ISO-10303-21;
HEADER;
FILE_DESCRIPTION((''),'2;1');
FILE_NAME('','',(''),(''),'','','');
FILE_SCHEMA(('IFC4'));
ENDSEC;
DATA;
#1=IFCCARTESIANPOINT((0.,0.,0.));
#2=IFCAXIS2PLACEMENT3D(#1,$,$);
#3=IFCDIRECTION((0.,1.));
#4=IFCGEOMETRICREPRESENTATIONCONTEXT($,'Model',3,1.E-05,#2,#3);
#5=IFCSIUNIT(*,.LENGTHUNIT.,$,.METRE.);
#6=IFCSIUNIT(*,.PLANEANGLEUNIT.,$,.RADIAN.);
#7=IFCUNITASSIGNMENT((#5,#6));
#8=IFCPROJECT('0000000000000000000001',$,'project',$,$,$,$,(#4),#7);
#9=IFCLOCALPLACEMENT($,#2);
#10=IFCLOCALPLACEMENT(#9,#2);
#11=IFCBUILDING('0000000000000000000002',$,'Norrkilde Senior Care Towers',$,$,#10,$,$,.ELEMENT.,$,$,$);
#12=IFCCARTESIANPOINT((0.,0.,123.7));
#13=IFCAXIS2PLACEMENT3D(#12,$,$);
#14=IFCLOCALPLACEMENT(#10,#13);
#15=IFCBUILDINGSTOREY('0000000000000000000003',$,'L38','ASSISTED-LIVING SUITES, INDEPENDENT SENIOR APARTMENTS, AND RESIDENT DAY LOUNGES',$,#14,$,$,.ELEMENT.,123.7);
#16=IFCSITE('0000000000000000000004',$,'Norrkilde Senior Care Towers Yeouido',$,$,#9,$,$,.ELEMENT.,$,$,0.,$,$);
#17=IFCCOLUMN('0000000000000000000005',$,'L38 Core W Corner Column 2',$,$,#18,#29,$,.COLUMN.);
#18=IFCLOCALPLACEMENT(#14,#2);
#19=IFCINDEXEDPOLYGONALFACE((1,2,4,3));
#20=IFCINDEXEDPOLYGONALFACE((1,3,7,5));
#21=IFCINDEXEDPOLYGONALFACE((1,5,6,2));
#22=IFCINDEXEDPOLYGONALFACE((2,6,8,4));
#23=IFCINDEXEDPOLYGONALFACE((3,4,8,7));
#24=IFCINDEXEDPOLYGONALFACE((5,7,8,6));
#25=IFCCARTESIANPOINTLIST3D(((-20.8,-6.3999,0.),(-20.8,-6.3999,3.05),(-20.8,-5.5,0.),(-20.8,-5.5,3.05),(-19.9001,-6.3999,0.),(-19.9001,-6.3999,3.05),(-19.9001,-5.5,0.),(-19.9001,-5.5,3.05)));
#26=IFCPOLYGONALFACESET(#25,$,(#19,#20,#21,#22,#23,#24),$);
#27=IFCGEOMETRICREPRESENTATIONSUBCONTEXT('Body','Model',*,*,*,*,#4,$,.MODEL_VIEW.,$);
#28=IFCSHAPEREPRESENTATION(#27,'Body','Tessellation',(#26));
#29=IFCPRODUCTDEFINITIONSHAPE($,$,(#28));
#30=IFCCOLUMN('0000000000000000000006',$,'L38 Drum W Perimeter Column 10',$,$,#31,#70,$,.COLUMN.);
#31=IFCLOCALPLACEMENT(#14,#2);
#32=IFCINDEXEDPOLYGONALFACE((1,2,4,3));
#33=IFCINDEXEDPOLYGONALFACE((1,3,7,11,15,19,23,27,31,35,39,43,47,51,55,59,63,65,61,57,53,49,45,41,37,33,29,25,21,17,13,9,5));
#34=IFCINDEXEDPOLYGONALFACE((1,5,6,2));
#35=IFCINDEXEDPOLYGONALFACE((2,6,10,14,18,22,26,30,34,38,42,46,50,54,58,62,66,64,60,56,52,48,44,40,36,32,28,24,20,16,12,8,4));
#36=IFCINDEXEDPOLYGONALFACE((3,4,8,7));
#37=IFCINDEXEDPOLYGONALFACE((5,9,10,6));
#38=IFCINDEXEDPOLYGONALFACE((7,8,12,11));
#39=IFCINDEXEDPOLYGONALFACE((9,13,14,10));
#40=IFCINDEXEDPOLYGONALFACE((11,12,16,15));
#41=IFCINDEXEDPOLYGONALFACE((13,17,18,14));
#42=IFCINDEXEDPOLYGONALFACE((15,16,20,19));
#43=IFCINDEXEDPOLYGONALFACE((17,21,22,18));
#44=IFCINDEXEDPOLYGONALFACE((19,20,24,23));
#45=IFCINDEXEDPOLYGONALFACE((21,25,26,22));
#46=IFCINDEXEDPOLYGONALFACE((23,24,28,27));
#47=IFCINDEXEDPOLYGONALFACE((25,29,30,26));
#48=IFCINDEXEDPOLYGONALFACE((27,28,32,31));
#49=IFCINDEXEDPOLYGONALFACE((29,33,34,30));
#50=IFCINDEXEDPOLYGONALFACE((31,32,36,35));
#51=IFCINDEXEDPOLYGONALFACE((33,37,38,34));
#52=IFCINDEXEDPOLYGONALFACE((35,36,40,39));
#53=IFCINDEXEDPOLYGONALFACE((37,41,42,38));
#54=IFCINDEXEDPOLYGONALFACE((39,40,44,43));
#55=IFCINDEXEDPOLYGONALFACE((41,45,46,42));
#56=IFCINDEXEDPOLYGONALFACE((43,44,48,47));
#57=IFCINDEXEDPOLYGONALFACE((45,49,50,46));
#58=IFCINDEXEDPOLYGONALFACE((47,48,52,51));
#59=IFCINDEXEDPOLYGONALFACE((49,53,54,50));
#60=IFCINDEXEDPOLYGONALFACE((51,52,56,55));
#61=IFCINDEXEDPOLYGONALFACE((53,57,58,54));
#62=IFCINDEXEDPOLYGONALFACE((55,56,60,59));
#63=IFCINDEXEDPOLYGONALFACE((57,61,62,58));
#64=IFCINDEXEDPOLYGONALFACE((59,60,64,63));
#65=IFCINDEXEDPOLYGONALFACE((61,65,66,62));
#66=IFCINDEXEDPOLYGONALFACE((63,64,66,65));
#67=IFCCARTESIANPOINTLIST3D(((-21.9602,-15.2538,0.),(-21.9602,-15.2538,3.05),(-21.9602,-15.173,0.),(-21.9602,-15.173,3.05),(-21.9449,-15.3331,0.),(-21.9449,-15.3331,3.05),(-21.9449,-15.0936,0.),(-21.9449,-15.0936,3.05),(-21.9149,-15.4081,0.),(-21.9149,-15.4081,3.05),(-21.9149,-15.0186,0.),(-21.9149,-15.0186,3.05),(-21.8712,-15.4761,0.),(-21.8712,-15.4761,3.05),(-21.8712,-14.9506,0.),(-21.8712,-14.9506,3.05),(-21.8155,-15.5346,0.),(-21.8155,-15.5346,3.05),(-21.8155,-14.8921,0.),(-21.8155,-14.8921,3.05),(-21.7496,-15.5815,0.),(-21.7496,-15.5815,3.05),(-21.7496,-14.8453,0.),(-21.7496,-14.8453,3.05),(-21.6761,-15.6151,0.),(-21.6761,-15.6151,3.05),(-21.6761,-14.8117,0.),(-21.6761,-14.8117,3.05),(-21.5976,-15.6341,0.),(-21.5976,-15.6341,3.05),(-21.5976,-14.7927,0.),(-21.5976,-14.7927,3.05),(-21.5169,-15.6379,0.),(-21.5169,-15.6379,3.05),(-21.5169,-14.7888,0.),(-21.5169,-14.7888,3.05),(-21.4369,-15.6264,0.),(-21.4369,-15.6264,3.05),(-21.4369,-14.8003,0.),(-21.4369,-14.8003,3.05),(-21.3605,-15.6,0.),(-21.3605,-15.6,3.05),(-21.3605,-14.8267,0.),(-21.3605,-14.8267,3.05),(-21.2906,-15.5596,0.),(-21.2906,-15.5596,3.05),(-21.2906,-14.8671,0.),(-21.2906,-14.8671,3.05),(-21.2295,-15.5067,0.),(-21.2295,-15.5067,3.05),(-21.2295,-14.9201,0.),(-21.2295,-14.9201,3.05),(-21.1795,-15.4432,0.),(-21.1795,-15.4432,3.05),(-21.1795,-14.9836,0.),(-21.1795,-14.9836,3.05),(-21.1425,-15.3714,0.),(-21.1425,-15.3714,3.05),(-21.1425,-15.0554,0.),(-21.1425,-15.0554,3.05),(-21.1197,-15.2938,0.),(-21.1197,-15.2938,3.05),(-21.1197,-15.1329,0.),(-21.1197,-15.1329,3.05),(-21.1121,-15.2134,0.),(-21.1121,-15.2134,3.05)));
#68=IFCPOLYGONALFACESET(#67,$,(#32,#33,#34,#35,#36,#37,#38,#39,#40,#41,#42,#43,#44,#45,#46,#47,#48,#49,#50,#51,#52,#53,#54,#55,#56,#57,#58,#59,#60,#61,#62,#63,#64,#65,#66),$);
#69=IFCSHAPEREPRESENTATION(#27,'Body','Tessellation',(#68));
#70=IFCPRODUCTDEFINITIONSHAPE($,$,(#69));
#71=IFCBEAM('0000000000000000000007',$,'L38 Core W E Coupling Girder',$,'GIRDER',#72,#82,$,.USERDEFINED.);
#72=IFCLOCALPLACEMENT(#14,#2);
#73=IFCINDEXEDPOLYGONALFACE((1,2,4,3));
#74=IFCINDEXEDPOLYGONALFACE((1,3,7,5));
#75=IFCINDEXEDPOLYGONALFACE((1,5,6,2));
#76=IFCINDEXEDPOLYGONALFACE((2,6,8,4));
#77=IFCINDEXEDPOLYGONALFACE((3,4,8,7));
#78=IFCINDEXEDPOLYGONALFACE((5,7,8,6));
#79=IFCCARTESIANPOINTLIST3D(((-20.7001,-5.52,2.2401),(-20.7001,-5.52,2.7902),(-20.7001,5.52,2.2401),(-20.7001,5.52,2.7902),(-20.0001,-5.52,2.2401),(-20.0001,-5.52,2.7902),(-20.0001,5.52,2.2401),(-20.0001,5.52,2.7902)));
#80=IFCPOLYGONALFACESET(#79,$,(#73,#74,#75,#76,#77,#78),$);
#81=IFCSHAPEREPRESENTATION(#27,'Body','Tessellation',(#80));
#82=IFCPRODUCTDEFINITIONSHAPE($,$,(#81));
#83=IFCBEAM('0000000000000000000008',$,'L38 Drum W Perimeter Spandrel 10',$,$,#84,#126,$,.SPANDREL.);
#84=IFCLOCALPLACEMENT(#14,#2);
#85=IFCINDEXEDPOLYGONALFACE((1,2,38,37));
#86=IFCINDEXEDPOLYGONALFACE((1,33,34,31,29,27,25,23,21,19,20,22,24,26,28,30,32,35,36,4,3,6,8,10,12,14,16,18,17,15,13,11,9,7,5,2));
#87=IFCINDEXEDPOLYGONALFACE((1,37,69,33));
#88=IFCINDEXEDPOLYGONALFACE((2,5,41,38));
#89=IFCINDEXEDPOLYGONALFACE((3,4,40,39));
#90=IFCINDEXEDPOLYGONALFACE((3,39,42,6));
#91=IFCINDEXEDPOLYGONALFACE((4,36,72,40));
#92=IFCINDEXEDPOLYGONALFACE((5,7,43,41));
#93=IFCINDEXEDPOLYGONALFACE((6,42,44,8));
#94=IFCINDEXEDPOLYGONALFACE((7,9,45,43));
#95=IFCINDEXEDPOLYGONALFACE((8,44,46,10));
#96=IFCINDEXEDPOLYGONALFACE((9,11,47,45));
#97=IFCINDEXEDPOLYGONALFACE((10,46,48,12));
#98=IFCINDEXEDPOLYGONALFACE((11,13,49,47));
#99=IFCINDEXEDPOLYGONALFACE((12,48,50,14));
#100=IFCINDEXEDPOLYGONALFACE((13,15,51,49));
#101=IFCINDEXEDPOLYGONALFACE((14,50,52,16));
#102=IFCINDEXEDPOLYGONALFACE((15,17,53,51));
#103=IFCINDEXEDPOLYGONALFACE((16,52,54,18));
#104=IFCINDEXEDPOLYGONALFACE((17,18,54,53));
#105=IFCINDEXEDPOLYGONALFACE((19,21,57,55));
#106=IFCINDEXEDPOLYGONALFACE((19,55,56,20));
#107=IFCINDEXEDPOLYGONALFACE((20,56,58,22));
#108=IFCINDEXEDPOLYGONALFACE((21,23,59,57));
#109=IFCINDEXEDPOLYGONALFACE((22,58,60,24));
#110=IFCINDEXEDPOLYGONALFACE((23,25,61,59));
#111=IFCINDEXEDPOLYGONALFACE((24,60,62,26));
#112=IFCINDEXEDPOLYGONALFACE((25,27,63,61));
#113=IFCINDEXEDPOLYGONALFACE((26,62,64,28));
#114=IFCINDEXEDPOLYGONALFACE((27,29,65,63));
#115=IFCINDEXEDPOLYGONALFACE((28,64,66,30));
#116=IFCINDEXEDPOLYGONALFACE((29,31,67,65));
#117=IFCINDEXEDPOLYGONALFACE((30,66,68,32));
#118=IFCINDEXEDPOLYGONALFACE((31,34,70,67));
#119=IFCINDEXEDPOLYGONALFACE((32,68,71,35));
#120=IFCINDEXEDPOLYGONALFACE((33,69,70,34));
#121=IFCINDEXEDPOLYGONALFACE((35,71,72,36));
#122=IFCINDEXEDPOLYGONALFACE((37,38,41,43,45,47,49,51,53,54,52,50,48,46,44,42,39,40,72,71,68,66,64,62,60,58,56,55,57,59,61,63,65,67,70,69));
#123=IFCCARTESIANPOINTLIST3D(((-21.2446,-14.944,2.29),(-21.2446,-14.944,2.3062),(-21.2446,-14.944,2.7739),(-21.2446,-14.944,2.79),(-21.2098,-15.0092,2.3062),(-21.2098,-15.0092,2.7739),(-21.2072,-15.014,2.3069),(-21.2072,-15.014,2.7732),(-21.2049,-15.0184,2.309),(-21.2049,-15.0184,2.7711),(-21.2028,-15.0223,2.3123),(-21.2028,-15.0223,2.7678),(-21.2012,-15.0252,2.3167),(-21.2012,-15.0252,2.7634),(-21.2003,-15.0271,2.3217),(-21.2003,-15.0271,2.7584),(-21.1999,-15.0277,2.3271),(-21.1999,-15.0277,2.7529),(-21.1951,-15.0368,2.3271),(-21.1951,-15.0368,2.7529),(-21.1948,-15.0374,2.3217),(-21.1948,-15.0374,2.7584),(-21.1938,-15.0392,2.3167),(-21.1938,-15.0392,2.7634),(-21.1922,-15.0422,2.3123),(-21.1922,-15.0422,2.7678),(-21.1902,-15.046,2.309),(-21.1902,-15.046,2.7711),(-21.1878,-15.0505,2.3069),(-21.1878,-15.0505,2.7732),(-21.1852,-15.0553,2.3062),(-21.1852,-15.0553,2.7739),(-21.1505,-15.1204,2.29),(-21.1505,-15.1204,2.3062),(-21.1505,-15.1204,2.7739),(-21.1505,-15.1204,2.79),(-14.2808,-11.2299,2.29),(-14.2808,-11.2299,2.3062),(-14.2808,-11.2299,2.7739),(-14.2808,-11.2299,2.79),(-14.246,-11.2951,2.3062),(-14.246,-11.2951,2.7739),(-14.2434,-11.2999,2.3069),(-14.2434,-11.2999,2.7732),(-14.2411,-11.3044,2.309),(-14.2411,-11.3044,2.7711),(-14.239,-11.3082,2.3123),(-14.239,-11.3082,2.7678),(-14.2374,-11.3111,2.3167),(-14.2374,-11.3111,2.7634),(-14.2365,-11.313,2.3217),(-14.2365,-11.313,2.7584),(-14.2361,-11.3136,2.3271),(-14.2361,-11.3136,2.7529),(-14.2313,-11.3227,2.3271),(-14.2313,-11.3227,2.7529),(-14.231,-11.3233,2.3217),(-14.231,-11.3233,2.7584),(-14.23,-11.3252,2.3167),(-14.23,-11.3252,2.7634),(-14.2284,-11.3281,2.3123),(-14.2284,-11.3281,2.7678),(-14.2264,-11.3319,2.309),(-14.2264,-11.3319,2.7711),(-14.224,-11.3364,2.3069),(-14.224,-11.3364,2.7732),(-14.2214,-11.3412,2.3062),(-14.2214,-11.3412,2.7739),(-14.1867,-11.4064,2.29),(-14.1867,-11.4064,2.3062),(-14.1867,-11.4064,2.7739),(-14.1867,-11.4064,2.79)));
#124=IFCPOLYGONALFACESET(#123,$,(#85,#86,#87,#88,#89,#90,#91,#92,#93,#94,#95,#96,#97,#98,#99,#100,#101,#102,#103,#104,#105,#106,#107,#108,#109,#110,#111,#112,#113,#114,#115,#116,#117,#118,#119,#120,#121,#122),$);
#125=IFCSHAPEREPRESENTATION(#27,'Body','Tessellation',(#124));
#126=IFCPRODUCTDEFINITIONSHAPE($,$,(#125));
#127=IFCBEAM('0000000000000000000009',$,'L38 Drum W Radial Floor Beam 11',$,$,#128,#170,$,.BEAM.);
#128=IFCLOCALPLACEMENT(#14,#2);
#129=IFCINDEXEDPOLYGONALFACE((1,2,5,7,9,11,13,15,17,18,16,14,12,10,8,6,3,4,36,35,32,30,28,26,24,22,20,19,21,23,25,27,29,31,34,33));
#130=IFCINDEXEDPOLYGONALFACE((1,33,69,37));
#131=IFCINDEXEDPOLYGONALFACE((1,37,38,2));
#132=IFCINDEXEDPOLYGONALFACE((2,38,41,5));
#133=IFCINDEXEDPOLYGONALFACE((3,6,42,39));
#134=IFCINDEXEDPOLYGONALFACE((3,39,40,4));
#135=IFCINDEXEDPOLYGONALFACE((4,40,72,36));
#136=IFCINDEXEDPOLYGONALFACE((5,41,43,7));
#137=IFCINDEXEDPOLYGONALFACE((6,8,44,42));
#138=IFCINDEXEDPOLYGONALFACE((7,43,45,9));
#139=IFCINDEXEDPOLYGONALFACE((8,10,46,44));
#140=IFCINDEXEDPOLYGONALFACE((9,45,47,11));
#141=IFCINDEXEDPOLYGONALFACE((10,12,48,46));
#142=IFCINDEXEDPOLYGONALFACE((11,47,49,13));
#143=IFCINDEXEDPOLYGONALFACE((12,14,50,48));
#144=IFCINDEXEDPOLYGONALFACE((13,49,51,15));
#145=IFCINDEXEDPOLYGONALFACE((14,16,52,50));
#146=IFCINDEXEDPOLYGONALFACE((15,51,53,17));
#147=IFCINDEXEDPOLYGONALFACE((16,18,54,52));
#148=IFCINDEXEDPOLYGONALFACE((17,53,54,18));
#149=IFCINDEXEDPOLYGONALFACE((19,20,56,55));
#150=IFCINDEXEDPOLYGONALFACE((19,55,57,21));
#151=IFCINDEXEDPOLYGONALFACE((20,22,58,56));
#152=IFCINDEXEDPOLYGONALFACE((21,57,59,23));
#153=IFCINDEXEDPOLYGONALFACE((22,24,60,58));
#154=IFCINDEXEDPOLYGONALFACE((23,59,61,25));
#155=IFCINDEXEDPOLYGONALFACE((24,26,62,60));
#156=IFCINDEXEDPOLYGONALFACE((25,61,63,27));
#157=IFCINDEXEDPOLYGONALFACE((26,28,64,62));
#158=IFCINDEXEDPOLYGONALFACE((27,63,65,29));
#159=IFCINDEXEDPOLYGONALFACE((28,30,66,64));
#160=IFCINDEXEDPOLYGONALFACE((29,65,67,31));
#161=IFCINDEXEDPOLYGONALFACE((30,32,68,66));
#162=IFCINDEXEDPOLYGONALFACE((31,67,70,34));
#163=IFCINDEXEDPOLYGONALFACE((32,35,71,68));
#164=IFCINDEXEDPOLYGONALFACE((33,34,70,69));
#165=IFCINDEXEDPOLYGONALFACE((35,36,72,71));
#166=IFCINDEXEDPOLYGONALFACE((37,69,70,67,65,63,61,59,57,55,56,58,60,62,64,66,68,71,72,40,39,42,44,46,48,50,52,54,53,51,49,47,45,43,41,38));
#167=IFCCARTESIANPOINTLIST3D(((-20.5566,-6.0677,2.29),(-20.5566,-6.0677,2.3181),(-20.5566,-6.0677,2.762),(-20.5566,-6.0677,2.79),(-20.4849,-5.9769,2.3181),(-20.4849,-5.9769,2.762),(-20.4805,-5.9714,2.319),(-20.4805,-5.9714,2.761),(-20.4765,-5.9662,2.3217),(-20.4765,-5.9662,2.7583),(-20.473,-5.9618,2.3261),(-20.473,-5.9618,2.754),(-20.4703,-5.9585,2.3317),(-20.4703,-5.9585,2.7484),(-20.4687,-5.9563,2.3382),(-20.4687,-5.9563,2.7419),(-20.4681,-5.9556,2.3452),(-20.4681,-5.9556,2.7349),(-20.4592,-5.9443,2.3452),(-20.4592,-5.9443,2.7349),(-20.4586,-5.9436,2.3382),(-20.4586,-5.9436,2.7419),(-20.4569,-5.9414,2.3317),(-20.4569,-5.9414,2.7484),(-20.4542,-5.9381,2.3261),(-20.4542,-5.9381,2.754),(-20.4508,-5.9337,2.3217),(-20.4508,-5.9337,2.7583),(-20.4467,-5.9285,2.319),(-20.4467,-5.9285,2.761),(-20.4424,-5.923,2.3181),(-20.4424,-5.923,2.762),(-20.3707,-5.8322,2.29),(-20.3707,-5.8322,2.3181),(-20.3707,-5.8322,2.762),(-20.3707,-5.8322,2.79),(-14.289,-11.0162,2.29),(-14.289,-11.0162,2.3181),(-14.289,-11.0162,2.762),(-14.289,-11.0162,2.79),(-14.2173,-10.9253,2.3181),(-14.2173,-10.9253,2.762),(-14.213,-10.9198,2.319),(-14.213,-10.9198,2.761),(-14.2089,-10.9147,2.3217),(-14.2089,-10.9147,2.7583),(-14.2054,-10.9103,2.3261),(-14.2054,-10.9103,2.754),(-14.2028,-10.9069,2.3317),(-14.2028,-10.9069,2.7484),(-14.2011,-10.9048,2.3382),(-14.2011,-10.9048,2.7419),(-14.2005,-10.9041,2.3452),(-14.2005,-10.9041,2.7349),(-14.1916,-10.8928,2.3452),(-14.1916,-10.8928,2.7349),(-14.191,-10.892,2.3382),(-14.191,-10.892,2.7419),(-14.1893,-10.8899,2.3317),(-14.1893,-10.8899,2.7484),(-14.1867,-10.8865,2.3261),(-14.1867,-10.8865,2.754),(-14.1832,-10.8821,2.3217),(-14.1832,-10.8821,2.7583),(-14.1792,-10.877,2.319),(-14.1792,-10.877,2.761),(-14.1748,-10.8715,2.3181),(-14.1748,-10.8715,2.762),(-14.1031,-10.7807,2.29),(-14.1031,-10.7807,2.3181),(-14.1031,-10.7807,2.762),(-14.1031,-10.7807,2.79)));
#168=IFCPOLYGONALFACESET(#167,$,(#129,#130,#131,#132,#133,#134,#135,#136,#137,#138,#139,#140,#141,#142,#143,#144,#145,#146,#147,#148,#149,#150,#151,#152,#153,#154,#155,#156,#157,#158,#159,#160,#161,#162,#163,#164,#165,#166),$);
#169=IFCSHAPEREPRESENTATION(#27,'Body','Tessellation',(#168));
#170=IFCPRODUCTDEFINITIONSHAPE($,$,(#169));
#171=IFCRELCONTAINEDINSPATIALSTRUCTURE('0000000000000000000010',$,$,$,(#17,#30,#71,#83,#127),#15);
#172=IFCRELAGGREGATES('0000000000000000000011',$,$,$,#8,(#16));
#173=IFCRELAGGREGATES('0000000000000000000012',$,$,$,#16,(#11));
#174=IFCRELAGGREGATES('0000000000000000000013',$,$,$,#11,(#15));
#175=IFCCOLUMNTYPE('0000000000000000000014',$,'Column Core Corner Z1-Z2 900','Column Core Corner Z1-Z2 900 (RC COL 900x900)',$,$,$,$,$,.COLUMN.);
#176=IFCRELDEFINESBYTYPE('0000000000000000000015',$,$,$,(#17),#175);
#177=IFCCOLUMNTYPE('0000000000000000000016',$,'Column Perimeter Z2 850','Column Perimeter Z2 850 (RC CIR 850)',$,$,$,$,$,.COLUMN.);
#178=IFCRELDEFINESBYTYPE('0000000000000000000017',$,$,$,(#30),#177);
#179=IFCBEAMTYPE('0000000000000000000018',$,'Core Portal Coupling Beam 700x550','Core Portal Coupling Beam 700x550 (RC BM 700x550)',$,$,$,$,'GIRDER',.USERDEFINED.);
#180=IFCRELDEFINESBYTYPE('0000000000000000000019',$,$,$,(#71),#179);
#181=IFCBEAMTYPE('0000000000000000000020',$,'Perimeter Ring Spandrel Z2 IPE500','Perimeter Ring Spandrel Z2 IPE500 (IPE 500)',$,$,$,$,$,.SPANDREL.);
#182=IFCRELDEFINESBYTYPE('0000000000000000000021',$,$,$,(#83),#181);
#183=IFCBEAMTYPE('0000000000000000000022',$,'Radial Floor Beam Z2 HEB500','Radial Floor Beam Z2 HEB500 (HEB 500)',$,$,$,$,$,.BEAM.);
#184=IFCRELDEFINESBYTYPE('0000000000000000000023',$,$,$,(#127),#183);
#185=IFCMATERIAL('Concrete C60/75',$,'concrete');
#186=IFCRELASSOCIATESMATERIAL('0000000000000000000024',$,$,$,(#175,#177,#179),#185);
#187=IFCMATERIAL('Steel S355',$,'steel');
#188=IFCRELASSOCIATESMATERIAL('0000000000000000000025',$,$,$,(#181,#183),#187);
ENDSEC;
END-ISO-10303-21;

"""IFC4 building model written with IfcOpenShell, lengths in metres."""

from ifc_helpers import new_model, si_unit, direction, frame, origin, origin_2d, place, context, subcontext, project, spatial, rectangle, circle, i_section, extrude, source, transform, mapped, material, material_profile, profile_set, type_object, type_shapes, element, save


model = new_model("IFC4")

# Units and contexts
model_context = context("Model", 3, precision=1e-05, world=origin(), true_north=direction((0.0, 1.0)))
body_context = subcontext(model_context, "Body", "Model", "MODEL_VIEW")
ifc_project = project(units=[si_unit("LENGTHUNIT", "METRE"), si_unit("PLANEANGLEUNIT", "RADIAN")], contexts=[model_context])

# Site, building, storey
site_placement = place(None, origin())
site = spatial("IfcSite", under=ifc_project, at=site_placement, Name="Norrkilde Senior Care Towers Yeouido", CompositionType="ELEMENT", RefElevation=0.0)
building_placement = place(site_placement, origin())
building = spatial("IfcBuilding", under=site, at=building_placement, Name="Norrkilde Senior Care Towers", CompositionType="ELEMENT")
storey_placement = place(building_placement, frame((0.0, 0.0, 123.7)))
storey = spatial("IfcBuildingStorey", under=building, at=storey_placement, Name="L38", Description="ASSISTED-LIVING SUITES, INDEPENDENT SENIOR APARTMENTS, AND RESIDENT DAY LOUNGES", CompositionType="ELEMENT", Elevation=123.7)

# Columns
ifc_material_1 = material(Name="Concrete C60/75", Category="concrete")
ifc_material_profile_1 = material_profile(ifc_material_1, rectangle(XDim=0.8999, YDim=0.8999, at=origin_2d()), Name="RC COL 900x900")
ifc_profile_set_1 = profile_set([ifc_material_profile_1], Name="Concrete C60/75")
column_type_1 = type_object("IfcColumnType", Name="Column Core Corner Z1-Z2 900", Description="Column Core Corner Z1-Z2 900 (RC COL 900x900)", PredefinedType="COLUMN", material=ifc_profile_set_1)
shared_shape_1 = source(origin(), body_context, "Body", "SweptSolid", [
    extrude(rectangle(XDim=0.8999, YDim=0.8999, at=origin_2d()), origin(), (0.0, 0.0, 1.0), 3.05),
])
type_shapes(column_type_1, [shared_shape_1])
column_1_placement = place(storey_placement, frame((-20.3501, -5.95, 0.0), z_axis=(0.0, 0.0, 1.0), x_axis=(1.0, 0.0, 0.0)))
element("IfcColumn", 1, at=column_1_placement, inside=storey, type_object=column_type_1, Name="L38 Core W Corner Column 2", PredefinedType="COLUMN", context=body_context, shape_type="MappedRepresentation", body=[
    mapped(shared_shape_1, transform((0.0, 0.0, 0.0), x_axis=(1.0, 0.0, 0.0), y_axis=(0.0, 1.0, 0.0), z_axis=(0.0, 0.0, 1.0), scale=1.0)),
])
ifc_material_profile_2 = material_profile(ifc_material_1, circle(Radius=0.425, at=origin_2d()), Name="RC CIR 850")
ifc_profile_set_2 = profile_set([ifc_material_profile_2], Name="Concrete C60/75")
column_type_2 = type_object("IfcColumnType", Name="Column Perimeter Z2 850", Description="Column Perimeter Z2 850 (RC CIR 850)", PredefinedType="COLUMN", material=ifc_profile_set_2)
shared_shape_2 = source(origin(), body_context, "Body", "SweptSolid", [
    extrude(circle(Radius=0.425, at=origin_2d()), origin(), (0.0, 0.0, 1.0), 3.05),
])
type_shapes(column_type_2, [shared_shape_2])
column_2_placement = place(storey_placement, frame((-21.5371, -15.2134, 0.0), z_axis=(0.0, 0.0, 1.0), x_axis=(1.0, 0.0, 0.0)))
element("IfcColumn", 2, at=column_2_placement, inside=storey, type_object=column_type_2, Name="L38 Drum W Perimeter Column 10", PredefinedType="COLUMN", context=body_context, shape_type="MappedRepresentation", body=[
    mapped(shared_shape_2, transform((0.0, 0.0, 0.0), x_axis=(1.0, 0.0, 0.0), y_axis=(0.0, 1.0, 0.0), z_axis=(0.0, 0.0, 1.0), scale=1.0)),
])

# Beams
ifc_material_profile_3 = material_profile(ifc_material_1, rectangle(XDim=0.7, YDim=0.55, at=origin_2d()), Name="RC BM 700x550")
ifc_profile_set_3 = profile_set([ifc_material_profile_3], Name="Concrete C60/75")
beam_type_1 = type_object("IfcBeamType", Name="Core Portal Coupling Beam 700x550", Description="Core Portal Coupling Beam 700x550 (RC BM 700x550)", ElementType="GIRDER", PredefinedType="USERDEFINED", material=ifc_profile_set_3)
shared_shape_3 = source(origin(), body_context, "Body", "SweptSolid", [
    extrude(rectangle(XDim=0.7, YDim=0.55, at=origin_2d()), origin(), (0.0, 0.0, 1.0), 11.04),
])
type_shapes(beam_type_1, [shared_shape_3])
beam_1_placement = place(storey_placement, frame((-20.3501, -5.52, 2.5151), z_axis=(0.0, 1.0, 0.0), x_axis=(-1.0, 0.0, 0.0)))
element("IfcBeam", 3, at=beam_1_placement, inside=storey, type_object=beam_type_1, Name="L38 Core W E Coupling Girder", ObjectType="GIRDER", PredefinedType="USERDEFINED", context=body_context, shape_type="MappedRepresentation", body=[
    mapped(shared_shape_3, transform((0.0, 0.0, 0.0), x_axis=(1.0, 0.0, 0.0), y_axis=(0.0, 1.0, 0.0), z_axis=(0.0, 0.0, 1.0), scale=1.0)),
])
ifc_material_2 = material(Name="Steel S355", Category="steel")
ifc_material_profile_4 = material_profile(ifc_material_2, i_section(OverallWidth=0.2, OverallDepth=0.5, WebThickness=0.0103, FlangeThickness=0.0161, FilletRadius=0.021, at=origin_2d()), Name="IPE 500")
ifc_profile_set_4 = profile_set([ifc_material_profile_4], Name="Steel S355")
beam_type_2 = type_object("IfcBeamType", Name="Perimeter Ring Spandrel Z2 IPE500", Description="Perimeter Ring Spandrel Z2 IPE500 (IPE 500)", PredefinedType="SPANDREL", material=ifc_profile_set_4)
shared_shape_4 = source(origin(), body_context, "Body", "SweptSolid", [
    extrude(i_section(OverallWidth=0.2, OverallDepth=0.5, WebThickness=0.0103, FlangeThickness=0.0161, FilletRadius=0.021, at=origin_2d()), origin(), (0.0, 0.0, 1.0), 7.8923),
])
type_shapes(beam_type_2, [shared_shape_4])
beam_2_placement = place(storey_placement, frame((-21.1975, -15.0322, 2.54), z_axis=(0.88235, 0.470593, 0.0), x_axis=(-0.470593, 0.88235, 0.0)))
element("IfcBeam", 4, at=beam_2_placement, inside=storey, type_object=beam_type_2, Name="L38 Drum W Perimeter Spandrel 10", PredefinedType="SPANDREL", context=body_context, shape_type="MappedRepresentation", body=[
    mapped(shared_shape_4, transform((0.0, 0.0, 0.0), x_axis=(1.0, 0.0, 0.0), y_axis=(0.0, 1.0, 0.0), z_axis=(0.0, 0.0, 1.0), scale=1.0)),
])
ifc_material_profile_5 = material_profile(ifc_material_2, i_section(OverallWidth=0.3, OverallDepth=0.5, WebThickness=0.0144, FlangeThickness=0.0281, FilletRadius=0.0271, at=origin_2d()), Name="HEB 500")
ifc_profile_set_5 = profile_set([ifc_material_profile_5], Name="Steel S355")
beam_type_3 = type_object("IfcBeamType", Name="Radial Floor Beam Z2 HEB500", Description="Radial Floor Beam Z2 HEB500 (HEB 500)", PredefinedType="BEAM", material=ifc_profile_set_5)
shared_shape_5 = source(origin(), body_context, "Body", "SweptSolid", [
    extrude(i_section(OverallWidth=0.3, OverallDepth=0.5, WebThickness=0.0144, FlangeThickness=0.0281, FilletRadius=0.0271, at=origin_2d()), origin(), (0.0, 0.0, 1.0), 7.9856),
])
beam_3_placement = place(storey_placement, frame((-20.4636, -5.95, 2.54), z_axis=(0.784859, -0.619675, 0.0), x_axis=(0.619675, 0.784859, 0.0)))
element("IfcBeam", 5, at=beam_3_placement, inside=storey, type_object=beam_type_3, Name="L38 Drum W Radial Floor Beam 11", PredefinedType="BEAM", context=body_context, shape_type="MappedRepresentation", body=[
    mapped(shared_shape_5, transform((0.0, 0.0, 0.0), x_axis=(1.0, 0.0, 0.0), y_axis=(0.0, 1.0, 0.0), z_axis=(0.0, 0.0, 1.0), scale=1.0)),
])

save(model, "model.ifc")
